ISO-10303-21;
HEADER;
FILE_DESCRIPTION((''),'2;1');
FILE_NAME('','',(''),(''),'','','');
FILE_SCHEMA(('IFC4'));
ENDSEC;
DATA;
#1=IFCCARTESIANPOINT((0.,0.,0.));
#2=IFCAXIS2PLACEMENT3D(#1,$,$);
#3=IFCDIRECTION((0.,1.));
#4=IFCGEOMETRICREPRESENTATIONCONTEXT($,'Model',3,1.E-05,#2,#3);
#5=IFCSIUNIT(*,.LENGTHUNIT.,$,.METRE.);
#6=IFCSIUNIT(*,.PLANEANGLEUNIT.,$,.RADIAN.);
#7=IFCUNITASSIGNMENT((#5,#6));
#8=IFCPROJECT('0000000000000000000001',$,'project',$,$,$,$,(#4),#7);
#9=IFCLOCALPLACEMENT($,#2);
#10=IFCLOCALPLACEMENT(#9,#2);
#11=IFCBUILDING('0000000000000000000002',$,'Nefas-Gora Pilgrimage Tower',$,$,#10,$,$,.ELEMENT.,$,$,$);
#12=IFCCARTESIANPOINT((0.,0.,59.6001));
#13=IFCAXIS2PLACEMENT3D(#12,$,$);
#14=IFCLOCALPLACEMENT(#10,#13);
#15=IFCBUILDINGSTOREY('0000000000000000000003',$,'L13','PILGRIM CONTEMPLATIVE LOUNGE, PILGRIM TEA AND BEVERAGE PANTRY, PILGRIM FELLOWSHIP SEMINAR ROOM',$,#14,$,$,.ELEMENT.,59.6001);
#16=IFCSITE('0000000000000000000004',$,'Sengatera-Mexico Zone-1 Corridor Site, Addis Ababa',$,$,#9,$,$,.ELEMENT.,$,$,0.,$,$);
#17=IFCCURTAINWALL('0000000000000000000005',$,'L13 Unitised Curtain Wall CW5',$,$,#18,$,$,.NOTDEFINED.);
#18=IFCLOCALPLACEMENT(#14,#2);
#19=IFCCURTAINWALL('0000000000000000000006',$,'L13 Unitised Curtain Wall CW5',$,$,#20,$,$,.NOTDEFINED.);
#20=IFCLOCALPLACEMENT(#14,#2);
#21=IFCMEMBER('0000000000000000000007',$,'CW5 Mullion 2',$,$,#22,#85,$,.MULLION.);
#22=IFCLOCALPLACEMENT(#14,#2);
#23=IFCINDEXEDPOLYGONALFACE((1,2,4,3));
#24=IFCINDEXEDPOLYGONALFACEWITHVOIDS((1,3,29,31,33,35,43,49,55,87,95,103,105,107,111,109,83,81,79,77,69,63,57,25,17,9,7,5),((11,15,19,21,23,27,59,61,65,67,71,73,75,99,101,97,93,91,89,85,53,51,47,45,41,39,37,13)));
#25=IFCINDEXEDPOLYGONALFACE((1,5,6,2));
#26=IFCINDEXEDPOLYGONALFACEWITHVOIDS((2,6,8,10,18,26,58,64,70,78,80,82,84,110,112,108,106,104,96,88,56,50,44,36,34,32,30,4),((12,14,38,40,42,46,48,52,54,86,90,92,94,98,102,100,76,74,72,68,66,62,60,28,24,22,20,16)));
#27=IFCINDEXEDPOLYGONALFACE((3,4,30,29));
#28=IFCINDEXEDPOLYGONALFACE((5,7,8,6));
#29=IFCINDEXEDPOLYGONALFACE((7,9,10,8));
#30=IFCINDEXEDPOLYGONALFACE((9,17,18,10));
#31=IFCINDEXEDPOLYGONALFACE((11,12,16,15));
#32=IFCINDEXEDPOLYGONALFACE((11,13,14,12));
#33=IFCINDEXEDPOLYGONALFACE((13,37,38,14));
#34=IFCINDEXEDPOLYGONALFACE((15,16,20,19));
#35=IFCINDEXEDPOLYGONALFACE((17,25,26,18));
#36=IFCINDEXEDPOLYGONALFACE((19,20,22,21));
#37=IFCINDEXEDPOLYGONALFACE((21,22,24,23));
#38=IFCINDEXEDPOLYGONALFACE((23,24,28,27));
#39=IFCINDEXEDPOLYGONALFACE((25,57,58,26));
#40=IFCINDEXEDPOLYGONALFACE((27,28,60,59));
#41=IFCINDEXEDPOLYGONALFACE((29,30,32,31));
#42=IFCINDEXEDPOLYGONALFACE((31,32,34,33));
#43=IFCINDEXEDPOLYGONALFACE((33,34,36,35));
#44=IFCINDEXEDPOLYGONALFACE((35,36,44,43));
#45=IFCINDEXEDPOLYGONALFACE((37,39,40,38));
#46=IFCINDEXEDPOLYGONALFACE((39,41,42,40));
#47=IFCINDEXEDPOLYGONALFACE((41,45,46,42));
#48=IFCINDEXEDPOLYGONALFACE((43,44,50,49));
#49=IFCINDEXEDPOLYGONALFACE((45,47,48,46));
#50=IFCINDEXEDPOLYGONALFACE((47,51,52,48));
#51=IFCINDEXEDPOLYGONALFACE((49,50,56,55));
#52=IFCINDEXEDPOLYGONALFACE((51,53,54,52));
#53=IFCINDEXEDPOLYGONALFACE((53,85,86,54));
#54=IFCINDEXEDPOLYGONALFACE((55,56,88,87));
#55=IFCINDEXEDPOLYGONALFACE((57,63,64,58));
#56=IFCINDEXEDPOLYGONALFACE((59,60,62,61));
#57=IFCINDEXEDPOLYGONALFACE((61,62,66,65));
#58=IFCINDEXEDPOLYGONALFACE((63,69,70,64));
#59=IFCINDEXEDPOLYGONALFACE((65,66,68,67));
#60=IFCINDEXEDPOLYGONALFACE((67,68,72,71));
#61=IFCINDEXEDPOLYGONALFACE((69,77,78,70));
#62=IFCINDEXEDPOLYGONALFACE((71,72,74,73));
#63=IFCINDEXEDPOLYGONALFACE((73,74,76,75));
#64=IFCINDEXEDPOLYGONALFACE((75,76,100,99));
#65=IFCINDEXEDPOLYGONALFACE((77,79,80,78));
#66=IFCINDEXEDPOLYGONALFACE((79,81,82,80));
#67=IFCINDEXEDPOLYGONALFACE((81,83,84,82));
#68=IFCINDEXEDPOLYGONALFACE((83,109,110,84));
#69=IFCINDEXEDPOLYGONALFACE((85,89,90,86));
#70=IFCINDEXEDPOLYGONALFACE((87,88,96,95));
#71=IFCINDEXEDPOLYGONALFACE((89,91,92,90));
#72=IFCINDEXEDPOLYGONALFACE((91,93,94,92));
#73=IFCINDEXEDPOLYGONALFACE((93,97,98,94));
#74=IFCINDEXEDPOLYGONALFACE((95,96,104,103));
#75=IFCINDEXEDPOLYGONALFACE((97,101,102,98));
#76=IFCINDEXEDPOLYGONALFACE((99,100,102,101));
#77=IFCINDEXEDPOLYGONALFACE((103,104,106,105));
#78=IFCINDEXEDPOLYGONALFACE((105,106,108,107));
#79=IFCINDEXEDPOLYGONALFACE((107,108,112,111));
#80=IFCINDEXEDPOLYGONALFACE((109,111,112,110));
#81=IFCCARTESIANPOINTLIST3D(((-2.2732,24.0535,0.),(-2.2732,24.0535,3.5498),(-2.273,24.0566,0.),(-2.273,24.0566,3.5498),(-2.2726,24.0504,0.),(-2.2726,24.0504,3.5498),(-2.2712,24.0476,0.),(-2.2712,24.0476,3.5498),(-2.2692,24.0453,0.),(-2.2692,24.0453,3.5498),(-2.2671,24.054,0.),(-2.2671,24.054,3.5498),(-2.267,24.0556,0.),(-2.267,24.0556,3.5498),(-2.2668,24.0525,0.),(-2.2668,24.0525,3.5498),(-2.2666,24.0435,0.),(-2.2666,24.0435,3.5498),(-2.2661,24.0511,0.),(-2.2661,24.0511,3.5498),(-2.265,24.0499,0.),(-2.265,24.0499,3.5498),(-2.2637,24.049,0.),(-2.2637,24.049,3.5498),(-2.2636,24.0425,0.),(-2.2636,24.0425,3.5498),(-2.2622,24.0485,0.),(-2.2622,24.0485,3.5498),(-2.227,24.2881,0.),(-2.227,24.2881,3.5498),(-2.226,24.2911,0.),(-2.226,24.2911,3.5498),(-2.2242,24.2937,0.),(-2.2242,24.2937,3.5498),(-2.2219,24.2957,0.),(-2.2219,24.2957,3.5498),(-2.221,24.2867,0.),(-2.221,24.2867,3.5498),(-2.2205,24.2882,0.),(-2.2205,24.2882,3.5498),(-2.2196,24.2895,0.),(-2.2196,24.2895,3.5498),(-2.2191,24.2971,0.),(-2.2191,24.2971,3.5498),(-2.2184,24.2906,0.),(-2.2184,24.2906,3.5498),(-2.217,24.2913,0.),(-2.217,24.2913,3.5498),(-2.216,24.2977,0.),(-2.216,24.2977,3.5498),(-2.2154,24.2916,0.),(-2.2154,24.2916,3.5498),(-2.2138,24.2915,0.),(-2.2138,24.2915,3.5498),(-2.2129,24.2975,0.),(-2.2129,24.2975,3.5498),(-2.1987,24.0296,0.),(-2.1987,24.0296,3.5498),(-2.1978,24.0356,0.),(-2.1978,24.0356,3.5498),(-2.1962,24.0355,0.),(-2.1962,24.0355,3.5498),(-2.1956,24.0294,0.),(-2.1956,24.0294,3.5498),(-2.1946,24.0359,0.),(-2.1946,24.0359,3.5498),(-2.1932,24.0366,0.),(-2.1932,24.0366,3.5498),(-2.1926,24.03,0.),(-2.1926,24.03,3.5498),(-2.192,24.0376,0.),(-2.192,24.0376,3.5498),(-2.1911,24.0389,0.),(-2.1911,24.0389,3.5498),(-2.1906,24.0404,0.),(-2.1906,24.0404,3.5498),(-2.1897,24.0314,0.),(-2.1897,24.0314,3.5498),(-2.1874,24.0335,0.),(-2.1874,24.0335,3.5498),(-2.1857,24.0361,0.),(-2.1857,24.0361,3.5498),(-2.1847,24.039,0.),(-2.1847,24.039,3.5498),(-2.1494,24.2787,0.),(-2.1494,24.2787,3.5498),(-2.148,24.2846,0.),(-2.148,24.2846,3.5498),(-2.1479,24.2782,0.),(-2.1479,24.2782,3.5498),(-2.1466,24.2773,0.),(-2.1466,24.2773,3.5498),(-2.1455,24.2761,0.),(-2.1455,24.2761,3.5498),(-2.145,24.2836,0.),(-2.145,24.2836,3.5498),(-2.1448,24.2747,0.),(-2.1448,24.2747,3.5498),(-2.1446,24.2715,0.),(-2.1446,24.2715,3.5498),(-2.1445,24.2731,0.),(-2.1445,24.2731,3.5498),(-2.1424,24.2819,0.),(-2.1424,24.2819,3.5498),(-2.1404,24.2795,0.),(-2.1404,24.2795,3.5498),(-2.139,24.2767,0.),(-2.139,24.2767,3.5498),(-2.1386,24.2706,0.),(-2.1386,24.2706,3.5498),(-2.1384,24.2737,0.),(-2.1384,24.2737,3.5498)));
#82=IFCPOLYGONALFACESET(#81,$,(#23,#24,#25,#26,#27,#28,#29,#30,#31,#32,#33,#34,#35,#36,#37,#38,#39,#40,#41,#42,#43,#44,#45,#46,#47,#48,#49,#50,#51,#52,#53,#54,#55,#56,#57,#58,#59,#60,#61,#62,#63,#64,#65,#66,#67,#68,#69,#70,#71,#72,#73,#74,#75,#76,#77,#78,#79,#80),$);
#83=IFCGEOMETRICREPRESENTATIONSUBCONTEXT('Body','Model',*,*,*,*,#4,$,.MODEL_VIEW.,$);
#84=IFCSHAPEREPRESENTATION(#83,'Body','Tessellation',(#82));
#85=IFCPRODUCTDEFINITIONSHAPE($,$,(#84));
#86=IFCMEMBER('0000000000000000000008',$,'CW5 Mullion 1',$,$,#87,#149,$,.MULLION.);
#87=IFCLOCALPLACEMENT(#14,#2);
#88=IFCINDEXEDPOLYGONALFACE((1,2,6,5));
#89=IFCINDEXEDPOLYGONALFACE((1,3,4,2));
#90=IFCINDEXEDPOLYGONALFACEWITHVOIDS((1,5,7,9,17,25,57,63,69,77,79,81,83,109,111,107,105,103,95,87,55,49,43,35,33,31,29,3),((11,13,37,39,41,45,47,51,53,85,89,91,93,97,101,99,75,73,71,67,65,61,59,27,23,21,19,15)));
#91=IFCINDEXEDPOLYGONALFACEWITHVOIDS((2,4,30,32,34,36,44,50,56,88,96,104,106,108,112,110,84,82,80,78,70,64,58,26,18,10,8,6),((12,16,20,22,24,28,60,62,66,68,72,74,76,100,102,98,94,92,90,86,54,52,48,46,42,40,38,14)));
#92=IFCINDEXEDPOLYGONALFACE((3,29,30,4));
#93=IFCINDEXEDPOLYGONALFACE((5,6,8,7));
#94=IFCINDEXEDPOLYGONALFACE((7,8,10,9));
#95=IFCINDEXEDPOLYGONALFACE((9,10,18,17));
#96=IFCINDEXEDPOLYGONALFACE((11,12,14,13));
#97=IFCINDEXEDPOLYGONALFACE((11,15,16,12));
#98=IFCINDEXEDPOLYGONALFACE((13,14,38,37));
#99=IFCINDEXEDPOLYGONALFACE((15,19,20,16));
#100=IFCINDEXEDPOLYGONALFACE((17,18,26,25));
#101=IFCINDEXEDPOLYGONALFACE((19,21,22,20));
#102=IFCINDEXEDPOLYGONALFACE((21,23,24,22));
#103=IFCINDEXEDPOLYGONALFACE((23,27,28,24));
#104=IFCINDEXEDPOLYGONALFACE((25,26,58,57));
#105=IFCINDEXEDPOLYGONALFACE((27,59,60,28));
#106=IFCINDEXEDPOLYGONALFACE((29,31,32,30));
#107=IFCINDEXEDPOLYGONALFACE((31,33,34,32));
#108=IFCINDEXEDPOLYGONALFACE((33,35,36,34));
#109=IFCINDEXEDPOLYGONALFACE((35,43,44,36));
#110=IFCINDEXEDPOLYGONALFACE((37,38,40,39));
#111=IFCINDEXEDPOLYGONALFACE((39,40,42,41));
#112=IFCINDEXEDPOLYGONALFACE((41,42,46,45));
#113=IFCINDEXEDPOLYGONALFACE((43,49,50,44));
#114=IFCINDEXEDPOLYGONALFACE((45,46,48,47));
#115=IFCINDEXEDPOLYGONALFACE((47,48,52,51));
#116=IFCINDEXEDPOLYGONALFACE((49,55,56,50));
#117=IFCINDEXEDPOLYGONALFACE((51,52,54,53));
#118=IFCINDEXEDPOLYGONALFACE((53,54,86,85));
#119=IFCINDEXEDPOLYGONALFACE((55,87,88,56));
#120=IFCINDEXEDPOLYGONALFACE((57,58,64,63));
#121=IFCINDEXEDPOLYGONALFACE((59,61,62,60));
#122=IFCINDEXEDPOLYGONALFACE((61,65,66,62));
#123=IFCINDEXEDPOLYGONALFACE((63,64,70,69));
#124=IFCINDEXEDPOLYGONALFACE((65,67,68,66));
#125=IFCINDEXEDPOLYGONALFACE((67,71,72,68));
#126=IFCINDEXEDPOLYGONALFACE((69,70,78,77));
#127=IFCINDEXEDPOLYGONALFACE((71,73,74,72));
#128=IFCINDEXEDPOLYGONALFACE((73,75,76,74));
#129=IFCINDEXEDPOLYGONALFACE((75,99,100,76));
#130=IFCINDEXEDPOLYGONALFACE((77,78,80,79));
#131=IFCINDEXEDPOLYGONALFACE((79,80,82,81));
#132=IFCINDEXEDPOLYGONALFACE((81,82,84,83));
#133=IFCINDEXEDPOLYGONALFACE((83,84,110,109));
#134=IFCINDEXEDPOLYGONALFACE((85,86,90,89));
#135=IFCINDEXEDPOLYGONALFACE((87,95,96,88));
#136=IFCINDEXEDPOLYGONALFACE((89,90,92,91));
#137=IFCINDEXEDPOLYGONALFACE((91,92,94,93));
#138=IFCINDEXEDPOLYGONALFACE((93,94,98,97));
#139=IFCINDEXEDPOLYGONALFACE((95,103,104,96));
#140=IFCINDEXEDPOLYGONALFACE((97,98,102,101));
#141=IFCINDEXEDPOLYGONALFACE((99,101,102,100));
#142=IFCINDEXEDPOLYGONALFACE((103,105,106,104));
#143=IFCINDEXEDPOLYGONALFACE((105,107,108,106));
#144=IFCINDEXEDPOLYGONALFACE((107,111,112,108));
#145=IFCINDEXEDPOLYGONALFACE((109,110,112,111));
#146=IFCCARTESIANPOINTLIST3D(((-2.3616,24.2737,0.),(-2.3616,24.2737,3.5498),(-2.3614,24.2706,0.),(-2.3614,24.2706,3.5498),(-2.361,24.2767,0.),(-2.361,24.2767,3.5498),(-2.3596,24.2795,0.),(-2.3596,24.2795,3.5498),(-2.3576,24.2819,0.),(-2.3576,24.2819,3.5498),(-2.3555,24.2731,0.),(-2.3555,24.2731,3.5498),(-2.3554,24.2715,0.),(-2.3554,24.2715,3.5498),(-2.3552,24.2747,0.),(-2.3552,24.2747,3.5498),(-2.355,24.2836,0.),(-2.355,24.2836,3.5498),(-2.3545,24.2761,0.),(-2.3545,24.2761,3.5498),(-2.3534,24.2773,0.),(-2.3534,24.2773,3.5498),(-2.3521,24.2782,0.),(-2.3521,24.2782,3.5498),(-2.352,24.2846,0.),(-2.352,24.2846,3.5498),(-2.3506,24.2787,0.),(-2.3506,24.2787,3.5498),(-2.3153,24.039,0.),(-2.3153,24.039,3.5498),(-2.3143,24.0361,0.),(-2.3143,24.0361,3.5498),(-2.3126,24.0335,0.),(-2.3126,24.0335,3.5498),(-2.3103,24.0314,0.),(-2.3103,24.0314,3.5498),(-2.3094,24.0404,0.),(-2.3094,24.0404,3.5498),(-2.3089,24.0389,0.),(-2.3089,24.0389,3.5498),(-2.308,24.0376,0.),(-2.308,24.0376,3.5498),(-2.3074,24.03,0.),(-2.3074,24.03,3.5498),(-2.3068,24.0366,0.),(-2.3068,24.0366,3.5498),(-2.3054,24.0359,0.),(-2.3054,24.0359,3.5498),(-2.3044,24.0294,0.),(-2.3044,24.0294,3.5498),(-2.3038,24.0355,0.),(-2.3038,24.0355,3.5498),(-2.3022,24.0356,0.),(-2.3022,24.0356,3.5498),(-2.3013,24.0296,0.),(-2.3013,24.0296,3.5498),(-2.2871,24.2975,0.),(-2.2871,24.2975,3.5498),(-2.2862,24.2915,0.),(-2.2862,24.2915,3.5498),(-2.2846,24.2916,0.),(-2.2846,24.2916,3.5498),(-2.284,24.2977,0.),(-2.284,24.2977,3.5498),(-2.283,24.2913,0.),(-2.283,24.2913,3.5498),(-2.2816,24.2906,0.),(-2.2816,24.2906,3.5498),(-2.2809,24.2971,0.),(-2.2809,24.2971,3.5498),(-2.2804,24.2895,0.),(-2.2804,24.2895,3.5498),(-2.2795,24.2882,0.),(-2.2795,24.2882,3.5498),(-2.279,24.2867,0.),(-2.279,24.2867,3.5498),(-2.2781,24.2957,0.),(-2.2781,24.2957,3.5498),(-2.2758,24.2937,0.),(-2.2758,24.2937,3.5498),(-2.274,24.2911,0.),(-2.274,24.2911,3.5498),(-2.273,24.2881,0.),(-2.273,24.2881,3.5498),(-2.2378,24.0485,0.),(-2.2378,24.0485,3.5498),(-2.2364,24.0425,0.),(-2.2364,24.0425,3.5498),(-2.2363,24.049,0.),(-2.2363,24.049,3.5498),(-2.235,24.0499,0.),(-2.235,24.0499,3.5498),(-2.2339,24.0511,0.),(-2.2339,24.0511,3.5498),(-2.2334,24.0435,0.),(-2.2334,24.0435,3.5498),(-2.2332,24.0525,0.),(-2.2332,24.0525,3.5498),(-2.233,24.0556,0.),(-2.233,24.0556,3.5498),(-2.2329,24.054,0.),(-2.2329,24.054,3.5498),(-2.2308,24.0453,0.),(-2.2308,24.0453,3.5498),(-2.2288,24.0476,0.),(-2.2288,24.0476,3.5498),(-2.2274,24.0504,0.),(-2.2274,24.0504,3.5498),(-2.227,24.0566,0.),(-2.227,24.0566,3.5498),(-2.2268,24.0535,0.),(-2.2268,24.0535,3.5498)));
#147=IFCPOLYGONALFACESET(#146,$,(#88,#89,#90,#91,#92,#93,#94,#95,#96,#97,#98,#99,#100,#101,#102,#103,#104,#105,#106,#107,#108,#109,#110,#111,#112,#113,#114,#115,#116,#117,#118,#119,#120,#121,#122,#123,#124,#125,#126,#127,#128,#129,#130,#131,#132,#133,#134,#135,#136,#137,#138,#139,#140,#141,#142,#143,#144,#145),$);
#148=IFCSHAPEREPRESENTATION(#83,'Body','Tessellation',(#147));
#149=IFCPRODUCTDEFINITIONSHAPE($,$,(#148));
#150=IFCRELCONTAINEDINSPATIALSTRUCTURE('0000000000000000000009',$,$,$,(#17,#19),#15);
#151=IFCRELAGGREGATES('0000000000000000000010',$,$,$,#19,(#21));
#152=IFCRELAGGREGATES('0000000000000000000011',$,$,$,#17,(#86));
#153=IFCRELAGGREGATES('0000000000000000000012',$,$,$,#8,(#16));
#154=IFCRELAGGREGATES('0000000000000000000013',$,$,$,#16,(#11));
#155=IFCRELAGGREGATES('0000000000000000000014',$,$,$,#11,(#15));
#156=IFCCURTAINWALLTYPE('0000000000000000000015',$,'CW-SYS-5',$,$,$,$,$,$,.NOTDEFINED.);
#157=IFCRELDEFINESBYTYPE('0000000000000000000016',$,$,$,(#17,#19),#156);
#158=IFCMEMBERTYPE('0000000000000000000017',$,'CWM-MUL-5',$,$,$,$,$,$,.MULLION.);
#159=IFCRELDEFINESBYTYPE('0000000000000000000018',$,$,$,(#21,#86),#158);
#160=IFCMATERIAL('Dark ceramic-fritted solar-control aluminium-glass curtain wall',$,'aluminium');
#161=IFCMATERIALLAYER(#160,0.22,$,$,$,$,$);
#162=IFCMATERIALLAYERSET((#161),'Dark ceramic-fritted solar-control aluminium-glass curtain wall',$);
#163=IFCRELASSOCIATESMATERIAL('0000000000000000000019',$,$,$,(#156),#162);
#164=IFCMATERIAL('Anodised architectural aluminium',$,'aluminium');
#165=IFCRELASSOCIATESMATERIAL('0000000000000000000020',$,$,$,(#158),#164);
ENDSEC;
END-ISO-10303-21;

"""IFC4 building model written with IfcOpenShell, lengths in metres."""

from ifc_helpers import new_model, si_unit, direction, frame, origin, origin_2d, place, context, subcontext, project, spatial, hollow_rectangle, extrude, source, transform, mapped, material, layer, layer_set, material_profile, profile_set, type_object, element, aggregate, save


model = new_model("IFC4")

# Units and contexts
model_context = context("Model", 3, precision=1e-05, world=origin(), true_north=direction((0.0, 1.0)))
body_context = subcontext(model_context, "Body", "Model", "MODEL_VIEW")
ifc_project = project(units=[si_unit("LENGTHUNIT", "METRE"), si_unit("PLANEANGLEUNIT", "RADIAN")], contexts=[model_context])

# Site, building, storey
site_placement = place(None, origin())
site = spatial("IfcSite", under=ifc_project, at=site_placement, Name="Sengatera-Mexico Zone-1 Corridor Site, Addis Ababa", CompositionType="ELEMENT", RefElevation=0.0)
building_placement = place(site_placement, origin())
building = spatial("IfcBuilding", under=site, at=building_placement, Name="Nefas-Gora Pilgrimage Tower", CompositionType="ELEMENT")
storey_placement = place(building_placement, frame((0.0, 0.0, 59.6001)))
storey = spatial("IfcBuildingStorey", under=building, at=storey_placement, Name="L13", Description="PILGRIM CONTEMPLATIVE LOUNGE, PILGRIM TEA AND BEVERAGE PANTRY, PILGRIM FELLOWSHIP SEMINAR ROOM", CompositionType="ELEMENT", Elevation=59.6001)

# Curtain walls, member
ifc_material_1 = material(Name="Dark ceramic-fritted solar-control aluminium-glass curtain wall", Category="aluminium")
ifc_layer_1 = layer(ifc_material_1, 0.22)
ifc_layer_set_1 = layer_set([ifc_layer_1], Name="Dark ceramic-fritted solar-control aluminium-glass curtain wall")
curtain_wall_type = type_object("IfcCurtainWallType", Name="CW-SYS-5", PredefinedType="NOTDEFINED", material=ifc_layer_set_1)
ifc_material_2 = material(Name="Anodised architectural aluminium", Category="aluminium")
curtain_wall_1_placement = place(storey_placement, origin())
curtain_wall_1 = element("IfcCurtainWall", 1, at=curtain_wall_1_placement, inside=storey, type_object=curtain_wall_type, Name="L13 Unitised Curtain Wall CW5", PredefinedType="NOTDEFINED")
curtain_wall_2_placement = place(storey_placement, origin())
curtain_wall_2 = element("IfcCurtainWall", 2, at=curtain_wall_2_placement, inside=storey, type_object=curtain_wall_type, Name="L13 Unitised Curtain Wall CW5", PredefinedType="NOTDEFINED")
ifc_material_profile_1 = material_profile(ifc_material_2, hollow_rectangle(XDim=0.0901, YDim=0.26, WallThickness=0.0061, InnerFilletRadius=0.0061, OuterFilletRadius=0.012, at=origin_2d()), Name="ALU MULLION 90x260")
ifc_profile_set_1 = profile_set([ifc_material_profile_1], Name="Anodised architectural aluminium")
member_type_1 = type_object("IfcMemberType", Name="CWM-MUL-5", PredefinedType="MULLION", material=ifc_profile_set_1)
shared_shape_1 = source(origin(), body_context, "Body", "SweptSolid", [
    extrude(hollow_rectangle(XDim=0.0901, YDim=0.26, WallThickness=0.0061, InnerFilletRadius=0.0061, OuterFilletRadius=0.012, at=origin_2d()), origin(), (0.0, 0.0, 1.0), 3.5498),
])
member_1_placement = place(storey_placement, frame((-2.2058, 24.1636, 0.0), z_axis=(0.0, 0.0, 1.0), x_axis=(-0.980783, 0.195102, 0.0)))
member_1 = element("IfcMember", 3, at=member_1_placement, type_object=member_type_1, Name="CW5 Mullion 2", PredefinedType="MULLION", context=body_context, shape_type="MappedRepresentation", body=[
    mapped(shared_shape_1, transform((0.0, 0.0, 0.0), x_axis=(1.0, 0.0, 0.0), y_axis=(0.0, 1.0, 0.0), z_axis=(0.0, 0.0, 1.0), scale=1.0)),
])

# Member
member_2_placement = place(storey_placement, frame((-2.2942, 24.1636, 0.0), z_axis=(0.0, 0.0, 1.0), x_axis=(-0.980783, -0.195102, 0.0)))
member_2 = element("IfcMember", 4, at=member_2_placement, type_object=member_type_1, Name="CW5 Mullion 1", PredefinedType="MULLION", context=body_context, shape_type="MappedRepresentation", body=[
    mapped(shared_shape_1, transform((0.0, 0.0, 0.0), x_axis=(1.0, 0.0, 0.0), y_axis=(0.0, 1.0, 0.0), z_axis=(0.0, 0.0, 1.0), scale=1.0)),
])

aggregate(curtain_wall_2, [member_1])
aggregate(curtain_wall_1, [member_2])

save(model, "model.ifc")
